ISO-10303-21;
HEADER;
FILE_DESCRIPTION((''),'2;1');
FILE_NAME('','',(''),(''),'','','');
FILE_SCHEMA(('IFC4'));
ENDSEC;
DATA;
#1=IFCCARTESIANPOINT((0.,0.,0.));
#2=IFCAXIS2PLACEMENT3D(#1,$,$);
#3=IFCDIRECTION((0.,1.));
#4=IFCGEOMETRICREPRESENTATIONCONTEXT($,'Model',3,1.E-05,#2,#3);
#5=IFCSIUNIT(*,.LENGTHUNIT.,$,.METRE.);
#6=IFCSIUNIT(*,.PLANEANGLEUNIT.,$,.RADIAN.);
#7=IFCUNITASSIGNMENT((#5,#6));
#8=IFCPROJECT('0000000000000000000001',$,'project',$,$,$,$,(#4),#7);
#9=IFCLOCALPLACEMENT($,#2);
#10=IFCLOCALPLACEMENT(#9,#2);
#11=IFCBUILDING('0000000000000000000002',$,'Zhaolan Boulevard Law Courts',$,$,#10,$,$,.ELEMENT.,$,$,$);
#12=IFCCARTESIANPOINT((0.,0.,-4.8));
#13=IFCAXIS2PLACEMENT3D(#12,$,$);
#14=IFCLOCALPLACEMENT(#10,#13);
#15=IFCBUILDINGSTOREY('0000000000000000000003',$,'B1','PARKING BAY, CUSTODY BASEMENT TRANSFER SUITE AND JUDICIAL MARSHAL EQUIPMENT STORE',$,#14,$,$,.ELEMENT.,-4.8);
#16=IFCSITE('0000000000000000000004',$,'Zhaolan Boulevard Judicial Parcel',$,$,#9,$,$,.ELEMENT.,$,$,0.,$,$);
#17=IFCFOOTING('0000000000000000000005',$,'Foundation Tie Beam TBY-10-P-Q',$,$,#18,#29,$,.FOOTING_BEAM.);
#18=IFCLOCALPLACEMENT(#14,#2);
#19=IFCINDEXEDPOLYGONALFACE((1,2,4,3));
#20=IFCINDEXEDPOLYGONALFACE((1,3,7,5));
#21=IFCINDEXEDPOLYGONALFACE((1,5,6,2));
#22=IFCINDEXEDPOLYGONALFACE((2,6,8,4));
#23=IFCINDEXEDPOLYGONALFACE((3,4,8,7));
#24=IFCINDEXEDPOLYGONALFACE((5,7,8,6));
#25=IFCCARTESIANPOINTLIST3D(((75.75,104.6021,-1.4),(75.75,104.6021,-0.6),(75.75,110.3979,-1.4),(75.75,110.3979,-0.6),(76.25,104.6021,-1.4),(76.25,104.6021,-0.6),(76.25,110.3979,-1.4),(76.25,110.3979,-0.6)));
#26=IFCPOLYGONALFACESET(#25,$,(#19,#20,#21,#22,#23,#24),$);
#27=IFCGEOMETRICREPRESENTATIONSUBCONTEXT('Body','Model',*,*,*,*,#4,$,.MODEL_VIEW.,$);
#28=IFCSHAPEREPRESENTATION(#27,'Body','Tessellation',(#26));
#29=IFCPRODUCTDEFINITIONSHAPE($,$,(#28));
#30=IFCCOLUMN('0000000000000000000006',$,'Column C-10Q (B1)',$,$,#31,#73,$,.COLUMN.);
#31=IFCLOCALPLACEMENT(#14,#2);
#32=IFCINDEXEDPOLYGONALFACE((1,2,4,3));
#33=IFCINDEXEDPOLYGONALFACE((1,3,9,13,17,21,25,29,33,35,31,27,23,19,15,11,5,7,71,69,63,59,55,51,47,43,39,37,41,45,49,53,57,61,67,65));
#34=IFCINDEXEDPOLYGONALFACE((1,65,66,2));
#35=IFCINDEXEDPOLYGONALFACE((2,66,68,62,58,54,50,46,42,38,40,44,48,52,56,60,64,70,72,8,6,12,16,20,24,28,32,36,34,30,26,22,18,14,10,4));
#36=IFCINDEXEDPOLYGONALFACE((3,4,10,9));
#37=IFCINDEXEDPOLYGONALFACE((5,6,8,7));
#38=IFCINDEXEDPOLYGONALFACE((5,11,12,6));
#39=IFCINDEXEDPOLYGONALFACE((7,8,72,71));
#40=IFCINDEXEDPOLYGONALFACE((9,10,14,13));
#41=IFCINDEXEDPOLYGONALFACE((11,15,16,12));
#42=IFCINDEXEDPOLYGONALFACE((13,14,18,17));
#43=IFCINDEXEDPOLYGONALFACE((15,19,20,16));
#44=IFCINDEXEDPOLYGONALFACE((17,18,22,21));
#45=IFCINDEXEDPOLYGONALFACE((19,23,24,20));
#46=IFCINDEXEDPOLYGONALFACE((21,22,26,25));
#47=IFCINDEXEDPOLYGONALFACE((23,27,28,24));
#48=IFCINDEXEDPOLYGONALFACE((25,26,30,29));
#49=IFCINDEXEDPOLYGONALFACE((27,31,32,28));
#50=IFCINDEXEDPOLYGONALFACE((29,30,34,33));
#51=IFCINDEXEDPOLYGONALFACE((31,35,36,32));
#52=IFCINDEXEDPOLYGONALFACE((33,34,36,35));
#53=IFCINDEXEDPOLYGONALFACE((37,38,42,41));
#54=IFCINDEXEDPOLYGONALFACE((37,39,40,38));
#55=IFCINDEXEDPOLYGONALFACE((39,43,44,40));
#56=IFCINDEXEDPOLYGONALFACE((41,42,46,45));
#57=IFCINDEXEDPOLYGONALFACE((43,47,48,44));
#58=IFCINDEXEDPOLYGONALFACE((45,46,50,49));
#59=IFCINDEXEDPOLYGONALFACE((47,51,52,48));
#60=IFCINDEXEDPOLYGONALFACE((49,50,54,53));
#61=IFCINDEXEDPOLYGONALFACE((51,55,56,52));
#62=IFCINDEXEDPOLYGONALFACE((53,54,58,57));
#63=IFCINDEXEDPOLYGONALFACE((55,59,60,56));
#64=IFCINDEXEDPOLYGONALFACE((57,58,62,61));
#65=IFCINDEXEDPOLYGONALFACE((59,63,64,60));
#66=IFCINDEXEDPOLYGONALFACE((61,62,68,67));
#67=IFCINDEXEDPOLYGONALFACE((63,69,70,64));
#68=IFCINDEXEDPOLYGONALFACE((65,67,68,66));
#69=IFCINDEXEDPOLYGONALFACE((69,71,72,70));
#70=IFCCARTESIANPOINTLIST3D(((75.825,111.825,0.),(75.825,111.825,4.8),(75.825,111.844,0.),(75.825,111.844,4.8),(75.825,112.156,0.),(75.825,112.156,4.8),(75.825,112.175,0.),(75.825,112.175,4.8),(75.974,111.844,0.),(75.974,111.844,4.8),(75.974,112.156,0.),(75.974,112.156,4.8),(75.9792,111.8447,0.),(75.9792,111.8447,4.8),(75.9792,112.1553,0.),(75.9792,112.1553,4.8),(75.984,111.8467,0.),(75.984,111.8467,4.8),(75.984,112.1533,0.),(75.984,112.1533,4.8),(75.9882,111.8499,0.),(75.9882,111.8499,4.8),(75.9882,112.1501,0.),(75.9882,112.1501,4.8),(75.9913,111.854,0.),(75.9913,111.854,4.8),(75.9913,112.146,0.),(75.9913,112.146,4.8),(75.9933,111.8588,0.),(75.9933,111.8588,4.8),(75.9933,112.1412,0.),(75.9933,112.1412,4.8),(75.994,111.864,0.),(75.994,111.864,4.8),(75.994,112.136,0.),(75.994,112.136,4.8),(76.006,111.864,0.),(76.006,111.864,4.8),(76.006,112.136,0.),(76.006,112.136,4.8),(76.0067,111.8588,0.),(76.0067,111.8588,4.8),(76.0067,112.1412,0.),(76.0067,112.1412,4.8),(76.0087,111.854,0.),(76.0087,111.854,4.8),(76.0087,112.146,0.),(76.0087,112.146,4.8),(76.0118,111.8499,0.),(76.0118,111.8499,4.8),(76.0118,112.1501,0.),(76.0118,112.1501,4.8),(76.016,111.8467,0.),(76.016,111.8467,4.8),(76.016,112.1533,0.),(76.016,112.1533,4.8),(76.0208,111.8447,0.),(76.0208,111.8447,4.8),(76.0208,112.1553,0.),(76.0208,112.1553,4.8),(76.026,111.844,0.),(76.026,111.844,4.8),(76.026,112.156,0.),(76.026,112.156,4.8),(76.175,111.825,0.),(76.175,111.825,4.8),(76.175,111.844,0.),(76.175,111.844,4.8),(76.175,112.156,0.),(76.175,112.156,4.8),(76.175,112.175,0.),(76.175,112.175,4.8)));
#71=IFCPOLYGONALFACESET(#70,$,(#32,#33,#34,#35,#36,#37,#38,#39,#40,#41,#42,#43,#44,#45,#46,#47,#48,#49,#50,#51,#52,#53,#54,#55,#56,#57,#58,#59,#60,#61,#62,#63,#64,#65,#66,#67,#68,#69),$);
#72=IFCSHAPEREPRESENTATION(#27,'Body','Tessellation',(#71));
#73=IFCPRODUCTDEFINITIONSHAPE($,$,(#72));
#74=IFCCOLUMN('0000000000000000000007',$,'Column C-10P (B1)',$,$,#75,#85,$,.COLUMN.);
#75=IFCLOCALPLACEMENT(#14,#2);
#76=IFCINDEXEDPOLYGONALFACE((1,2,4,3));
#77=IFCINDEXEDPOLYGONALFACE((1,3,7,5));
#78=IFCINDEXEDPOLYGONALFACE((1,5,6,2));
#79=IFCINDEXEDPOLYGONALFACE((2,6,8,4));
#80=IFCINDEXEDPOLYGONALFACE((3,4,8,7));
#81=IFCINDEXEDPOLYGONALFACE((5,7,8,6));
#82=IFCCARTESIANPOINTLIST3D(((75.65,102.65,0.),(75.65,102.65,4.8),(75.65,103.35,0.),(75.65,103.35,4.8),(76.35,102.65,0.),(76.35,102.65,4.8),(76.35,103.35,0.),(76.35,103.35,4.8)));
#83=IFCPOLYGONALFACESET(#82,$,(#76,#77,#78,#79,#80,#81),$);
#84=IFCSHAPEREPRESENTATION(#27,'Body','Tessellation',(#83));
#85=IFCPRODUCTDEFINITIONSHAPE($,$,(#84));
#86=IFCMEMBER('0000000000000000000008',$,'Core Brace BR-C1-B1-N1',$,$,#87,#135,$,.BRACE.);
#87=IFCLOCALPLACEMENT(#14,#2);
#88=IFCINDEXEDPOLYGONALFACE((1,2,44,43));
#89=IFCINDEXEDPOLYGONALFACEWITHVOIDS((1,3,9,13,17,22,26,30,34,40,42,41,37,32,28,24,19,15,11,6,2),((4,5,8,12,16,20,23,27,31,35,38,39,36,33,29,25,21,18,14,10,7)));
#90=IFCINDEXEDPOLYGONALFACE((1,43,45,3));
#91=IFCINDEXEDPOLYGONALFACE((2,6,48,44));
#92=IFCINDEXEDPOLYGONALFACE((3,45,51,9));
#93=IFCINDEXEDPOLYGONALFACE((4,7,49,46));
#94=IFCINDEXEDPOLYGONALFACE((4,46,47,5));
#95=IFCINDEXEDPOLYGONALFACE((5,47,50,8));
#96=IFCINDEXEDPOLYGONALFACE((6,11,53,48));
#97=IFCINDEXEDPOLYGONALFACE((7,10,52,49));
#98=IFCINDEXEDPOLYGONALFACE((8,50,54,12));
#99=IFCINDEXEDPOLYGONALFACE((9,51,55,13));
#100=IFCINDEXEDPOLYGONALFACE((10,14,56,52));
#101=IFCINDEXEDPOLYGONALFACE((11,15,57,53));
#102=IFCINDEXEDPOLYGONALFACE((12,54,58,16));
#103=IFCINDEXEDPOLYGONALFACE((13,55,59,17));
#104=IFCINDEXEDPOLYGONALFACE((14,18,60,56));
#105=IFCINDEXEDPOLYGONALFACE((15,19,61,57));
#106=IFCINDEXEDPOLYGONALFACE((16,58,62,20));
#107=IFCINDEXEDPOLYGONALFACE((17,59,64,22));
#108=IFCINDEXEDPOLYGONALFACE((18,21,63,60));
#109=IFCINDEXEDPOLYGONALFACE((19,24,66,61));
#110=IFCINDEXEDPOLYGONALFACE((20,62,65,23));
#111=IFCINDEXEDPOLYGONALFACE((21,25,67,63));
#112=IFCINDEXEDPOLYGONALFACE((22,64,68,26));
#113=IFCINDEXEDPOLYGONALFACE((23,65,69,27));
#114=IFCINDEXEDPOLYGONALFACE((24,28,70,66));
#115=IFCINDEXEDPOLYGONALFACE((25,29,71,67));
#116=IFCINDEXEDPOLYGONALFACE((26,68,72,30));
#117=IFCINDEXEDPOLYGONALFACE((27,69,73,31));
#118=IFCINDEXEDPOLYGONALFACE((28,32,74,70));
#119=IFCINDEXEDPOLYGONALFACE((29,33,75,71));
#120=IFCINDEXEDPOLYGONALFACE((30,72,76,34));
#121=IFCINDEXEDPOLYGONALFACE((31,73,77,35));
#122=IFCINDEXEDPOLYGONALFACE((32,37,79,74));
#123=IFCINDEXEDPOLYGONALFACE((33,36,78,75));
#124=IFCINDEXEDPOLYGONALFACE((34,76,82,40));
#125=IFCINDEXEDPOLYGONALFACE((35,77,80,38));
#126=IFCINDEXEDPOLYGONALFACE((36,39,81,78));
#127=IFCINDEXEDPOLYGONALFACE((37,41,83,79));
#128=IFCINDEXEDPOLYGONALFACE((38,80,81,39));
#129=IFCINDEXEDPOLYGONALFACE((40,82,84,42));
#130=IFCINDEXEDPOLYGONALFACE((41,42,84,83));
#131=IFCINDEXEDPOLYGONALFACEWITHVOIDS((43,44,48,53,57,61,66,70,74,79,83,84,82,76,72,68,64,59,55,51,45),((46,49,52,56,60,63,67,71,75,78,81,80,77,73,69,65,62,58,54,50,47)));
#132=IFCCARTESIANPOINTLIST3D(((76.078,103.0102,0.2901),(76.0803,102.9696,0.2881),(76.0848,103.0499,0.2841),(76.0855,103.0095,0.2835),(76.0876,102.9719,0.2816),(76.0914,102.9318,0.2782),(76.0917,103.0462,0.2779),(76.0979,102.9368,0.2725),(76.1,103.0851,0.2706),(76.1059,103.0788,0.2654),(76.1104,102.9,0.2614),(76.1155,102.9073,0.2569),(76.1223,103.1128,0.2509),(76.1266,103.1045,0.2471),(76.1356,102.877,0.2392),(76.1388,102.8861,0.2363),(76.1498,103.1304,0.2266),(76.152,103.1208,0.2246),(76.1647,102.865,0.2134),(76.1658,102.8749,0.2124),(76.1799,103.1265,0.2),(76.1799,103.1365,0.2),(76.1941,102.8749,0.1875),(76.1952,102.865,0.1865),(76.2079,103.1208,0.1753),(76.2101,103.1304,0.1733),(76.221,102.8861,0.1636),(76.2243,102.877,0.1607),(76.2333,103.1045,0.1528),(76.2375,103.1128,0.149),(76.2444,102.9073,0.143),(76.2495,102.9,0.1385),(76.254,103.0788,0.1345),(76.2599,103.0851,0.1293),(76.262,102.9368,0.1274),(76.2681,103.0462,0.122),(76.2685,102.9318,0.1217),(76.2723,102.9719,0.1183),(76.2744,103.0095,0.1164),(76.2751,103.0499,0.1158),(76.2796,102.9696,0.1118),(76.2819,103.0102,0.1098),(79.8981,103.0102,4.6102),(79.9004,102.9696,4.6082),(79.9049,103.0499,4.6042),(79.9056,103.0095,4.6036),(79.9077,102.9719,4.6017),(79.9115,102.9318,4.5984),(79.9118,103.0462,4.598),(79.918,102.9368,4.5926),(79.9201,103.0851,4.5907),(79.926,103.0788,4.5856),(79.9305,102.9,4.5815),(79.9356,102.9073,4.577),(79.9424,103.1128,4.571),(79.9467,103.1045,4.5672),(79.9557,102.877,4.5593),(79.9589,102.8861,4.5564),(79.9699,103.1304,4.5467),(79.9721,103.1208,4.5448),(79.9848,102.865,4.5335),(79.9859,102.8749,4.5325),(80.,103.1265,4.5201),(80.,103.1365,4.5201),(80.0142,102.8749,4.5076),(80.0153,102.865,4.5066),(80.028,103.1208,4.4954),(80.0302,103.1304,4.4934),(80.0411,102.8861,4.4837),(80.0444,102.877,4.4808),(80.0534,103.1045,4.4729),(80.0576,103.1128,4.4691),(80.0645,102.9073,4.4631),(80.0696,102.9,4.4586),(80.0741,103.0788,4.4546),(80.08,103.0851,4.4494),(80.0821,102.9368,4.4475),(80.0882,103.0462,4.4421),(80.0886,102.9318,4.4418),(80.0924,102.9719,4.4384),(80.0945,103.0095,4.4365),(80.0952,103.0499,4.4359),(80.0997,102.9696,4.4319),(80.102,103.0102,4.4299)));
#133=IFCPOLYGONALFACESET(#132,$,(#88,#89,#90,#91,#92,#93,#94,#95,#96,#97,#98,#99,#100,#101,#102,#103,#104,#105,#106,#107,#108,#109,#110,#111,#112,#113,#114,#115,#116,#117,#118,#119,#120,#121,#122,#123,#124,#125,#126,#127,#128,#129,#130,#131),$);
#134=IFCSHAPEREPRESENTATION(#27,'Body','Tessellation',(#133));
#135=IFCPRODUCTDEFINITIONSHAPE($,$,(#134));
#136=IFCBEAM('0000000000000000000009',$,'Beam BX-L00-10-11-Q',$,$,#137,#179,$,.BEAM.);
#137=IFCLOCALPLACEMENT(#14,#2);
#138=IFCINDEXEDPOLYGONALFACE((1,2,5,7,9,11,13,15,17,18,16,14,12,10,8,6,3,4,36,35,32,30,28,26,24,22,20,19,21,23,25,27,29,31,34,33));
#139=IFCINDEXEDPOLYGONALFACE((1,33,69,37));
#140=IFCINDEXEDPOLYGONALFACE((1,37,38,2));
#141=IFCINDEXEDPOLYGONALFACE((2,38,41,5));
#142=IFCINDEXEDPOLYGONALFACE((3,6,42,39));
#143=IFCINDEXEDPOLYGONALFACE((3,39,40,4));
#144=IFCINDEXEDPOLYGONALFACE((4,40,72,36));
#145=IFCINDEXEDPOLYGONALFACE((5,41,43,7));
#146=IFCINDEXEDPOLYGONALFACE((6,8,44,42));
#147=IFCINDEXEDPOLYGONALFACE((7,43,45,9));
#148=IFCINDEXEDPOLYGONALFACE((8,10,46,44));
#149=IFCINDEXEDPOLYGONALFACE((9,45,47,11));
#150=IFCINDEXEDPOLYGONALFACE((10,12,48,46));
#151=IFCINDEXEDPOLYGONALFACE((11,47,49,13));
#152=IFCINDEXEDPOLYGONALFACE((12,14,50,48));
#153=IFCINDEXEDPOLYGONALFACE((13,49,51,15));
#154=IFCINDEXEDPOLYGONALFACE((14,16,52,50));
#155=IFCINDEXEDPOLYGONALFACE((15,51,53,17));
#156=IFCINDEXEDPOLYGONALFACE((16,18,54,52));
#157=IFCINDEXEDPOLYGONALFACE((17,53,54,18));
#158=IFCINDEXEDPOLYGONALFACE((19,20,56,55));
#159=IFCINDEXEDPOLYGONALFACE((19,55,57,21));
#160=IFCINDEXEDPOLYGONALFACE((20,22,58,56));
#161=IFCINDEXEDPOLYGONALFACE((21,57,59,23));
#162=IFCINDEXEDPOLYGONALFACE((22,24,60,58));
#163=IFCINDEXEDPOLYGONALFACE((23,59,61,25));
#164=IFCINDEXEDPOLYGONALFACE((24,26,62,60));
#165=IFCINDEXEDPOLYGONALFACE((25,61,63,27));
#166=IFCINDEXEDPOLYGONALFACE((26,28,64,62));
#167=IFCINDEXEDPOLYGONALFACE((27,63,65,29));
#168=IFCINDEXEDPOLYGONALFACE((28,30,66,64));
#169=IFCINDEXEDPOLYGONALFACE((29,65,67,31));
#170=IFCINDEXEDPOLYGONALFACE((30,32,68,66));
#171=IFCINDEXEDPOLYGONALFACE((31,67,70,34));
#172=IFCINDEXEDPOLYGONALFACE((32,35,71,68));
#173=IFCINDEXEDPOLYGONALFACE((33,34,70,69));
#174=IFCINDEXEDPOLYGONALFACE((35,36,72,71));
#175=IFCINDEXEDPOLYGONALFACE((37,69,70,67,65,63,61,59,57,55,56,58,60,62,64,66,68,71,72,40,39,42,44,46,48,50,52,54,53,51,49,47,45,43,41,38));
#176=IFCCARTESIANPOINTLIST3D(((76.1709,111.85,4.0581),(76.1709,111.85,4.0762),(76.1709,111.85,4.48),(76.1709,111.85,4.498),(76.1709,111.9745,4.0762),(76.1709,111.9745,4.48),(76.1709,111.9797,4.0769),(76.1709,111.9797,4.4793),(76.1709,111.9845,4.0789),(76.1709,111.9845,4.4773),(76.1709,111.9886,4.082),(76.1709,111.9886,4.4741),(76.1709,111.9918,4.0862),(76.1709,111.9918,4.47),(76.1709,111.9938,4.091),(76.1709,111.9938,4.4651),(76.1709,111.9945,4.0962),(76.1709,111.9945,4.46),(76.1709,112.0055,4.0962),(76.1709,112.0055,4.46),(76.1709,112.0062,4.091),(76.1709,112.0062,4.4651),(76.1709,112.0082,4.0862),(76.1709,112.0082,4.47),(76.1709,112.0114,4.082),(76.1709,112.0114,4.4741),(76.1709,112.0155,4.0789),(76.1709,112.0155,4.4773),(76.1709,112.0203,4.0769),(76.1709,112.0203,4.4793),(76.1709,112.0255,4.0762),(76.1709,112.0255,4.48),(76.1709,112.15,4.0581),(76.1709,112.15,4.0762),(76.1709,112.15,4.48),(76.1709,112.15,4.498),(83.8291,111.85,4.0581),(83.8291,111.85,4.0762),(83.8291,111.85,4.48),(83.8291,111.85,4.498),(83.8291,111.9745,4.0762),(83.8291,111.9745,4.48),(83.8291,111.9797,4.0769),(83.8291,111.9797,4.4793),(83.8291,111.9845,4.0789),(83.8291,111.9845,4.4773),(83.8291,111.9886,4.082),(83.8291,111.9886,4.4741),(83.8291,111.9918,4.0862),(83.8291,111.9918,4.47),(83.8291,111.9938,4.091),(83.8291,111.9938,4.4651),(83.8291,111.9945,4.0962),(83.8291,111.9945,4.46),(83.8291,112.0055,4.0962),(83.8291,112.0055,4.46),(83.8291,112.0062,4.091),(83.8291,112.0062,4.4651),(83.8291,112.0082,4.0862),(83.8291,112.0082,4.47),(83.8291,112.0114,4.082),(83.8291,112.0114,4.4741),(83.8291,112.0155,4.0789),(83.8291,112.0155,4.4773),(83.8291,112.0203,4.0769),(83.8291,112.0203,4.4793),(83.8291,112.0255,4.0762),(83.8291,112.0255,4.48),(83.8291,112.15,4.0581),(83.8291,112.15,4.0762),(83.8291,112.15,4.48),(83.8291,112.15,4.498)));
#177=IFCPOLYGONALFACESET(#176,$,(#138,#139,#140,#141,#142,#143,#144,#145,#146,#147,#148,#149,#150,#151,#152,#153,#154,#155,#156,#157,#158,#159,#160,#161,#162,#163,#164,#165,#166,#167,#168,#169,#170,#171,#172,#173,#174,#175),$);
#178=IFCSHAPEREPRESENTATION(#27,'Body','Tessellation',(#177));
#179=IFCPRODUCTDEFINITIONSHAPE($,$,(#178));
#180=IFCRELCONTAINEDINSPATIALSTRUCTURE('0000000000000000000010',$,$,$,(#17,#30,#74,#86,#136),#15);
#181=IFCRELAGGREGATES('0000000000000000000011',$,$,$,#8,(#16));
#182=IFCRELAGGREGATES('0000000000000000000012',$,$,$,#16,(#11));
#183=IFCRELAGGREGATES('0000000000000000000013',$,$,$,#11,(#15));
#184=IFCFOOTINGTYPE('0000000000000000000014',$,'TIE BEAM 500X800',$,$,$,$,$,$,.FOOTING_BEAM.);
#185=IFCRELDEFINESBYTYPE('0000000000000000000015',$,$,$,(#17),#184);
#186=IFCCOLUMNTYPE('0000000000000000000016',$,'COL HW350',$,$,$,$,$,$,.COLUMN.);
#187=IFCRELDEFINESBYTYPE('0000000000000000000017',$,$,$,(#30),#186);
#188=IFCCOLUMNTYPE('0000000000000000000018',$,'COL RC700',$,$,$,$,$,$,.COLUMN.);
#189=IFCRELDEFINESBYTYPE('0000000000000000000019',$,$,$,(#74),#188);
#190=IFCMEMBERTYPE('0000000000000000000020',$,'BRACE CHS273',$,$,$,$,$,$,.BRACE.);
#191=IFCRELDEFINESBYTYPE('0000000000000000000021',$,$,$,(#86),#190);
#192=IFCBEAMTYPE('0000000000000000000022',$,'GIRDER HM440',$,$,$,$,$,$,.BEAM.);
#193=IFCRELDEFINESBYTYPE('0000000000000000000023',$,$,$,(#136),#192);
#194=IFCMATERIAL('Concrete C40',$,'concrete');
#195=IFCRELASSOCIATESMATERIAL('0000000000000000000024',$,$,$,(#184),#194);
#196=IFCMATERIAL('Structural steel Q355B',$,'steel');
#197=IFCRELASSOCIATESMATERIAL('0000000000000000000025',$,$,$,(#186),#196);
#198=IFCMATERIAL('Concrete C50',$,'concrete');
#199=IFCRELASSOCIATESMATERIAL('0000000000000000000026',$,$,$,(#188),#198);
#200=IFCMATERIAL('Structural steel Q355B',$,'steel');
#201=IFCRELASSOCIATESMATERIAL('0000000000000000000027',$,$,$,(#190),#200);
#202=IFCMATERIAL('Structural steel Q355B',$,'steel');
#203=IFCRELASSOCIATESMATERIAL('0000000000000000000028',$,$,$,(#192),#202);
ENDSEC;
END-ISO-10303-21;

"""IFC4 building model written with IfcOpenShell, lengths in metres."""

from ifc_helpers import new_model, si_unit, direction, frame, origin, origin_2d, place, context, subcontext, project, spatial, rectangle, hollow_circle, i_section, extrude, material, material_profile, profile_set, type_object, element, save


model = new_model("IFC4")

# Units and contexts
model_context = context("Model", 3, precision=1e-05, world=origin(), true_north=direction((0.0, 1.0)))
body_context = subcontext(model_context, "Body", "Model", "MODEL_VIEW")
ifc_project = project(units=[si_unit("LENGTHUNIT", "METRE"), si_unit("PLANEANGLEUNIT", "RADIAN")], contexts=[model_context])

# Site, building, storey
site_placement = place(None, origin())
site = spatial("IfcSite", under=ifc_project, at=site_placement, Name="Zhaolan Boulevard Judicial Parcel", CompositionType="ELEMENT", RefElevation=0.0)
building_placement = place(site_placement, origin())
building = spatial("IfcBuilding", under=site, at=building_placement, Name="Zhaolan Boulevard Law Courts", CompositionType="ELEMENT")
storey_placement = place(building_placement, frame((0.0, 0.0, -4.8)))
storey = spatial("IfcBuildingStorey", under=building, at=storey_placement, Name="B1", Description="PARKING BAY, CUSTODY BASEMENT TRANSFER SUITE AND JUDICIAL MARSHAL EQUIPMENT STORE", CompositionType="ELEMENT", Elevation=-4.8)

# Footing
ifc_material_1 = material(Name="Concrete C40", Category="concrete")
ifc_material_profile_1 = material_profile(ifc_material_1, rectangle(XDim=0.5, YDim=0.8, at=origin_2d()), Name="RC500x800")
ifc_profile_set_1 = profile_set([ifc_material_profile_1], Name="Concrete C40")
footing_type_1 = type_object("IfcFootingType", Name="TIE BEAM 500X800", PredefinedType="FOOTING_BEAM", material=ifc_profile_set_1)
footing_1_placement = place(storey_placement, frame((76.0, 104.6021, -1.0), z_axis=(0.0, 1.0, 0.0), x_axis=(-1.0, 0.0, 0.0)))
element("IfcFooting", 1, at=footing_1_placement, inside=storey, type_object=footing_type_1, Name="Foundation Tie Beam TBY-10-P-Q", PredefinedType="FOOTING_BEAM", context=body_context, shape_type="SweptSolid", body=[
    extrude(rectangle(XDim=0.5, YDim=0.8, at=origin_2d()), origin(), (0.0, 0.0, 1.0), 5.7959),
])

# Columns
ifc_material_2 = material(Name="Structural steel Q355B", Category="steel")
ifc_material_profile_2 = material_profile(ifc_material_2, i_section(OverallWidth=0.3501, OverallDepth=0.3501, WebThickness=0.012, FlangeThickness=0.019, FilletRadius=0.02, at=origin_2d()), Name="HW350x350")
ifc_profile_set_2 = profile_set([ifc_material_profile_2], Name="Structural steel Q355B")
column_type_1 = type_object("IfcColumnType", Name="COL HW350", PredefinedType="COLUMN", material=ifc_profile_set_2)
column_1_placement = place(storey_placement, frame((76.0, 112.0, 0.0), z_axis=(0.0, 0.0, 1.0), x_axis=(1.0, 0.0, 0.0)))
element("IfcColumn", 2, at=column_1_placement, inside=storey, type_object=column_type_1, Name="Column C-10Q (B1)", PredefinedType="COLUMN", context=body_context, shape_type="SweptSolid", body=[
    extrude(i_section(OverallWidth=0.3501, OverallDepth=0.3501, WebThickness=0.012, FlangeThickness=0.019, FilletRadius=0.02, at=origin_2d()), origin(), (0.0, 0.0, 1.0), 4.8),
])
ifc_material_3 = material(Name="Concrete C50", Category="concrete")
ifc_material_profile_3 = material_profile(ifc_material_3, rectangle(XDim=0.7, YDim=0.7, at=origin_2d()), Name="RC700x700")
ifc_profile_set_3 = profile_set([ifc_material_profile_3], Name="Concrete C50")
column_type_2 = type_object("IfcColumnType", Name="COL RC700", PredefinedType="COLUMN", material=ifc_profile_set_3)
column_2_placement = place(storey_placement, frame((76.0, 103.0, 0.0), z_axis=(0.0, 0.0, 1.0), x_axis=(1.0, 0.0, 0.0)))
element("IfcColumn", 3, at=column_2_placement, inside=storey, type_object=column_type_2, Name="Column C-10P (B1)", PredefinedType="COLUMN", context=body_context, shape_type="SweptSolid", body=[
    extrude(rectangle(XDim=0.7, YDim=0.7, at=origin_2d()), origin(), (0.0, 0.0, 1.0), 4.8),
])

# Member
ifc_material_4 = material(Name="Structural steel Q355B", Category="steel")
ifc_material_profile_4 = material_profile(ifc_material_4, hollow_circle(Radius=0.1365, WallThickness=0.01, at=origin_2d()), Name="CHS273x10")
ifc_profile_set_4 = profile_set([ifc_material_profile_4], Name="Structural steel Q355B")
member_type = type_object("IfcMemberType", Name="BRACE CHS273", PredefinedType="BRACE", material=ifc_profile_set_4)
member_placement = place(storey_placement, frame((76.1799, 103.0, 0.2), z_axis=(0.662425, 0.0, 0.749128), x_axis=(0.0, 1.0, 0.0)))
element("IfcMember", 4, at=member_placement, inside=storey, type_object=member_type, Name="Core Brace BR-C1-B1-N1", PredefinedType="BRACE", context=body_context, shape_type="SweptSolid", body=[
    extrude(hollow_circle(Radius=0.1365, WallThickness=0.01, at=origin_2d()), origin(), (0.0, 0.0, 1.0), 5.7668),
])

# Beam
ifc_material_5 = material(Name="Structural steel Q355B", Category="steel")
ifc_material_profile_5 = material_profile(ifc_material_5, i_section(OverallWidth=0.3, OverallDepth=0.4399, WebThickness=0.011, FlangeThickness=0.0181, FilletRadius=0.02, at=origin_2d()), Name="HM440x300")
ifc_profile_set_5 = profile_set([ifc_material_profile_5], Name="Structural steel Q355B")
beam_type_1 = type_object("IfcBeamType", Name="GIRDER HM440", PredefinedType="BEAM", material=ifc_profile_set_5)
beam_1_placement = place(storey_placement, frame((76.1709, 112.0, 4.2781), z_axis=(1.0, 0.0, 0.0), x_axis=(0.0, 1.0, 0.0)))
element("IfcBeam", 5, at=beam_1_placement, inside=storey, type_object=beam_type_1, Name="Beam BX-L00-10-11-Q", PredefinedType="BEAM", context=body_context, shape_type="SweptSolid", body=[
    extrude(i_section(OverallWidth=0.3, OverallDepth=0.4399, WebThickness=0.011, FlangeThickness=0.0181, FilletRadius=0.02, at=origin_2d()), origin(), (0.0, 0.0, 1.0), 7.6582),
])

save(model, "model.ifc")
